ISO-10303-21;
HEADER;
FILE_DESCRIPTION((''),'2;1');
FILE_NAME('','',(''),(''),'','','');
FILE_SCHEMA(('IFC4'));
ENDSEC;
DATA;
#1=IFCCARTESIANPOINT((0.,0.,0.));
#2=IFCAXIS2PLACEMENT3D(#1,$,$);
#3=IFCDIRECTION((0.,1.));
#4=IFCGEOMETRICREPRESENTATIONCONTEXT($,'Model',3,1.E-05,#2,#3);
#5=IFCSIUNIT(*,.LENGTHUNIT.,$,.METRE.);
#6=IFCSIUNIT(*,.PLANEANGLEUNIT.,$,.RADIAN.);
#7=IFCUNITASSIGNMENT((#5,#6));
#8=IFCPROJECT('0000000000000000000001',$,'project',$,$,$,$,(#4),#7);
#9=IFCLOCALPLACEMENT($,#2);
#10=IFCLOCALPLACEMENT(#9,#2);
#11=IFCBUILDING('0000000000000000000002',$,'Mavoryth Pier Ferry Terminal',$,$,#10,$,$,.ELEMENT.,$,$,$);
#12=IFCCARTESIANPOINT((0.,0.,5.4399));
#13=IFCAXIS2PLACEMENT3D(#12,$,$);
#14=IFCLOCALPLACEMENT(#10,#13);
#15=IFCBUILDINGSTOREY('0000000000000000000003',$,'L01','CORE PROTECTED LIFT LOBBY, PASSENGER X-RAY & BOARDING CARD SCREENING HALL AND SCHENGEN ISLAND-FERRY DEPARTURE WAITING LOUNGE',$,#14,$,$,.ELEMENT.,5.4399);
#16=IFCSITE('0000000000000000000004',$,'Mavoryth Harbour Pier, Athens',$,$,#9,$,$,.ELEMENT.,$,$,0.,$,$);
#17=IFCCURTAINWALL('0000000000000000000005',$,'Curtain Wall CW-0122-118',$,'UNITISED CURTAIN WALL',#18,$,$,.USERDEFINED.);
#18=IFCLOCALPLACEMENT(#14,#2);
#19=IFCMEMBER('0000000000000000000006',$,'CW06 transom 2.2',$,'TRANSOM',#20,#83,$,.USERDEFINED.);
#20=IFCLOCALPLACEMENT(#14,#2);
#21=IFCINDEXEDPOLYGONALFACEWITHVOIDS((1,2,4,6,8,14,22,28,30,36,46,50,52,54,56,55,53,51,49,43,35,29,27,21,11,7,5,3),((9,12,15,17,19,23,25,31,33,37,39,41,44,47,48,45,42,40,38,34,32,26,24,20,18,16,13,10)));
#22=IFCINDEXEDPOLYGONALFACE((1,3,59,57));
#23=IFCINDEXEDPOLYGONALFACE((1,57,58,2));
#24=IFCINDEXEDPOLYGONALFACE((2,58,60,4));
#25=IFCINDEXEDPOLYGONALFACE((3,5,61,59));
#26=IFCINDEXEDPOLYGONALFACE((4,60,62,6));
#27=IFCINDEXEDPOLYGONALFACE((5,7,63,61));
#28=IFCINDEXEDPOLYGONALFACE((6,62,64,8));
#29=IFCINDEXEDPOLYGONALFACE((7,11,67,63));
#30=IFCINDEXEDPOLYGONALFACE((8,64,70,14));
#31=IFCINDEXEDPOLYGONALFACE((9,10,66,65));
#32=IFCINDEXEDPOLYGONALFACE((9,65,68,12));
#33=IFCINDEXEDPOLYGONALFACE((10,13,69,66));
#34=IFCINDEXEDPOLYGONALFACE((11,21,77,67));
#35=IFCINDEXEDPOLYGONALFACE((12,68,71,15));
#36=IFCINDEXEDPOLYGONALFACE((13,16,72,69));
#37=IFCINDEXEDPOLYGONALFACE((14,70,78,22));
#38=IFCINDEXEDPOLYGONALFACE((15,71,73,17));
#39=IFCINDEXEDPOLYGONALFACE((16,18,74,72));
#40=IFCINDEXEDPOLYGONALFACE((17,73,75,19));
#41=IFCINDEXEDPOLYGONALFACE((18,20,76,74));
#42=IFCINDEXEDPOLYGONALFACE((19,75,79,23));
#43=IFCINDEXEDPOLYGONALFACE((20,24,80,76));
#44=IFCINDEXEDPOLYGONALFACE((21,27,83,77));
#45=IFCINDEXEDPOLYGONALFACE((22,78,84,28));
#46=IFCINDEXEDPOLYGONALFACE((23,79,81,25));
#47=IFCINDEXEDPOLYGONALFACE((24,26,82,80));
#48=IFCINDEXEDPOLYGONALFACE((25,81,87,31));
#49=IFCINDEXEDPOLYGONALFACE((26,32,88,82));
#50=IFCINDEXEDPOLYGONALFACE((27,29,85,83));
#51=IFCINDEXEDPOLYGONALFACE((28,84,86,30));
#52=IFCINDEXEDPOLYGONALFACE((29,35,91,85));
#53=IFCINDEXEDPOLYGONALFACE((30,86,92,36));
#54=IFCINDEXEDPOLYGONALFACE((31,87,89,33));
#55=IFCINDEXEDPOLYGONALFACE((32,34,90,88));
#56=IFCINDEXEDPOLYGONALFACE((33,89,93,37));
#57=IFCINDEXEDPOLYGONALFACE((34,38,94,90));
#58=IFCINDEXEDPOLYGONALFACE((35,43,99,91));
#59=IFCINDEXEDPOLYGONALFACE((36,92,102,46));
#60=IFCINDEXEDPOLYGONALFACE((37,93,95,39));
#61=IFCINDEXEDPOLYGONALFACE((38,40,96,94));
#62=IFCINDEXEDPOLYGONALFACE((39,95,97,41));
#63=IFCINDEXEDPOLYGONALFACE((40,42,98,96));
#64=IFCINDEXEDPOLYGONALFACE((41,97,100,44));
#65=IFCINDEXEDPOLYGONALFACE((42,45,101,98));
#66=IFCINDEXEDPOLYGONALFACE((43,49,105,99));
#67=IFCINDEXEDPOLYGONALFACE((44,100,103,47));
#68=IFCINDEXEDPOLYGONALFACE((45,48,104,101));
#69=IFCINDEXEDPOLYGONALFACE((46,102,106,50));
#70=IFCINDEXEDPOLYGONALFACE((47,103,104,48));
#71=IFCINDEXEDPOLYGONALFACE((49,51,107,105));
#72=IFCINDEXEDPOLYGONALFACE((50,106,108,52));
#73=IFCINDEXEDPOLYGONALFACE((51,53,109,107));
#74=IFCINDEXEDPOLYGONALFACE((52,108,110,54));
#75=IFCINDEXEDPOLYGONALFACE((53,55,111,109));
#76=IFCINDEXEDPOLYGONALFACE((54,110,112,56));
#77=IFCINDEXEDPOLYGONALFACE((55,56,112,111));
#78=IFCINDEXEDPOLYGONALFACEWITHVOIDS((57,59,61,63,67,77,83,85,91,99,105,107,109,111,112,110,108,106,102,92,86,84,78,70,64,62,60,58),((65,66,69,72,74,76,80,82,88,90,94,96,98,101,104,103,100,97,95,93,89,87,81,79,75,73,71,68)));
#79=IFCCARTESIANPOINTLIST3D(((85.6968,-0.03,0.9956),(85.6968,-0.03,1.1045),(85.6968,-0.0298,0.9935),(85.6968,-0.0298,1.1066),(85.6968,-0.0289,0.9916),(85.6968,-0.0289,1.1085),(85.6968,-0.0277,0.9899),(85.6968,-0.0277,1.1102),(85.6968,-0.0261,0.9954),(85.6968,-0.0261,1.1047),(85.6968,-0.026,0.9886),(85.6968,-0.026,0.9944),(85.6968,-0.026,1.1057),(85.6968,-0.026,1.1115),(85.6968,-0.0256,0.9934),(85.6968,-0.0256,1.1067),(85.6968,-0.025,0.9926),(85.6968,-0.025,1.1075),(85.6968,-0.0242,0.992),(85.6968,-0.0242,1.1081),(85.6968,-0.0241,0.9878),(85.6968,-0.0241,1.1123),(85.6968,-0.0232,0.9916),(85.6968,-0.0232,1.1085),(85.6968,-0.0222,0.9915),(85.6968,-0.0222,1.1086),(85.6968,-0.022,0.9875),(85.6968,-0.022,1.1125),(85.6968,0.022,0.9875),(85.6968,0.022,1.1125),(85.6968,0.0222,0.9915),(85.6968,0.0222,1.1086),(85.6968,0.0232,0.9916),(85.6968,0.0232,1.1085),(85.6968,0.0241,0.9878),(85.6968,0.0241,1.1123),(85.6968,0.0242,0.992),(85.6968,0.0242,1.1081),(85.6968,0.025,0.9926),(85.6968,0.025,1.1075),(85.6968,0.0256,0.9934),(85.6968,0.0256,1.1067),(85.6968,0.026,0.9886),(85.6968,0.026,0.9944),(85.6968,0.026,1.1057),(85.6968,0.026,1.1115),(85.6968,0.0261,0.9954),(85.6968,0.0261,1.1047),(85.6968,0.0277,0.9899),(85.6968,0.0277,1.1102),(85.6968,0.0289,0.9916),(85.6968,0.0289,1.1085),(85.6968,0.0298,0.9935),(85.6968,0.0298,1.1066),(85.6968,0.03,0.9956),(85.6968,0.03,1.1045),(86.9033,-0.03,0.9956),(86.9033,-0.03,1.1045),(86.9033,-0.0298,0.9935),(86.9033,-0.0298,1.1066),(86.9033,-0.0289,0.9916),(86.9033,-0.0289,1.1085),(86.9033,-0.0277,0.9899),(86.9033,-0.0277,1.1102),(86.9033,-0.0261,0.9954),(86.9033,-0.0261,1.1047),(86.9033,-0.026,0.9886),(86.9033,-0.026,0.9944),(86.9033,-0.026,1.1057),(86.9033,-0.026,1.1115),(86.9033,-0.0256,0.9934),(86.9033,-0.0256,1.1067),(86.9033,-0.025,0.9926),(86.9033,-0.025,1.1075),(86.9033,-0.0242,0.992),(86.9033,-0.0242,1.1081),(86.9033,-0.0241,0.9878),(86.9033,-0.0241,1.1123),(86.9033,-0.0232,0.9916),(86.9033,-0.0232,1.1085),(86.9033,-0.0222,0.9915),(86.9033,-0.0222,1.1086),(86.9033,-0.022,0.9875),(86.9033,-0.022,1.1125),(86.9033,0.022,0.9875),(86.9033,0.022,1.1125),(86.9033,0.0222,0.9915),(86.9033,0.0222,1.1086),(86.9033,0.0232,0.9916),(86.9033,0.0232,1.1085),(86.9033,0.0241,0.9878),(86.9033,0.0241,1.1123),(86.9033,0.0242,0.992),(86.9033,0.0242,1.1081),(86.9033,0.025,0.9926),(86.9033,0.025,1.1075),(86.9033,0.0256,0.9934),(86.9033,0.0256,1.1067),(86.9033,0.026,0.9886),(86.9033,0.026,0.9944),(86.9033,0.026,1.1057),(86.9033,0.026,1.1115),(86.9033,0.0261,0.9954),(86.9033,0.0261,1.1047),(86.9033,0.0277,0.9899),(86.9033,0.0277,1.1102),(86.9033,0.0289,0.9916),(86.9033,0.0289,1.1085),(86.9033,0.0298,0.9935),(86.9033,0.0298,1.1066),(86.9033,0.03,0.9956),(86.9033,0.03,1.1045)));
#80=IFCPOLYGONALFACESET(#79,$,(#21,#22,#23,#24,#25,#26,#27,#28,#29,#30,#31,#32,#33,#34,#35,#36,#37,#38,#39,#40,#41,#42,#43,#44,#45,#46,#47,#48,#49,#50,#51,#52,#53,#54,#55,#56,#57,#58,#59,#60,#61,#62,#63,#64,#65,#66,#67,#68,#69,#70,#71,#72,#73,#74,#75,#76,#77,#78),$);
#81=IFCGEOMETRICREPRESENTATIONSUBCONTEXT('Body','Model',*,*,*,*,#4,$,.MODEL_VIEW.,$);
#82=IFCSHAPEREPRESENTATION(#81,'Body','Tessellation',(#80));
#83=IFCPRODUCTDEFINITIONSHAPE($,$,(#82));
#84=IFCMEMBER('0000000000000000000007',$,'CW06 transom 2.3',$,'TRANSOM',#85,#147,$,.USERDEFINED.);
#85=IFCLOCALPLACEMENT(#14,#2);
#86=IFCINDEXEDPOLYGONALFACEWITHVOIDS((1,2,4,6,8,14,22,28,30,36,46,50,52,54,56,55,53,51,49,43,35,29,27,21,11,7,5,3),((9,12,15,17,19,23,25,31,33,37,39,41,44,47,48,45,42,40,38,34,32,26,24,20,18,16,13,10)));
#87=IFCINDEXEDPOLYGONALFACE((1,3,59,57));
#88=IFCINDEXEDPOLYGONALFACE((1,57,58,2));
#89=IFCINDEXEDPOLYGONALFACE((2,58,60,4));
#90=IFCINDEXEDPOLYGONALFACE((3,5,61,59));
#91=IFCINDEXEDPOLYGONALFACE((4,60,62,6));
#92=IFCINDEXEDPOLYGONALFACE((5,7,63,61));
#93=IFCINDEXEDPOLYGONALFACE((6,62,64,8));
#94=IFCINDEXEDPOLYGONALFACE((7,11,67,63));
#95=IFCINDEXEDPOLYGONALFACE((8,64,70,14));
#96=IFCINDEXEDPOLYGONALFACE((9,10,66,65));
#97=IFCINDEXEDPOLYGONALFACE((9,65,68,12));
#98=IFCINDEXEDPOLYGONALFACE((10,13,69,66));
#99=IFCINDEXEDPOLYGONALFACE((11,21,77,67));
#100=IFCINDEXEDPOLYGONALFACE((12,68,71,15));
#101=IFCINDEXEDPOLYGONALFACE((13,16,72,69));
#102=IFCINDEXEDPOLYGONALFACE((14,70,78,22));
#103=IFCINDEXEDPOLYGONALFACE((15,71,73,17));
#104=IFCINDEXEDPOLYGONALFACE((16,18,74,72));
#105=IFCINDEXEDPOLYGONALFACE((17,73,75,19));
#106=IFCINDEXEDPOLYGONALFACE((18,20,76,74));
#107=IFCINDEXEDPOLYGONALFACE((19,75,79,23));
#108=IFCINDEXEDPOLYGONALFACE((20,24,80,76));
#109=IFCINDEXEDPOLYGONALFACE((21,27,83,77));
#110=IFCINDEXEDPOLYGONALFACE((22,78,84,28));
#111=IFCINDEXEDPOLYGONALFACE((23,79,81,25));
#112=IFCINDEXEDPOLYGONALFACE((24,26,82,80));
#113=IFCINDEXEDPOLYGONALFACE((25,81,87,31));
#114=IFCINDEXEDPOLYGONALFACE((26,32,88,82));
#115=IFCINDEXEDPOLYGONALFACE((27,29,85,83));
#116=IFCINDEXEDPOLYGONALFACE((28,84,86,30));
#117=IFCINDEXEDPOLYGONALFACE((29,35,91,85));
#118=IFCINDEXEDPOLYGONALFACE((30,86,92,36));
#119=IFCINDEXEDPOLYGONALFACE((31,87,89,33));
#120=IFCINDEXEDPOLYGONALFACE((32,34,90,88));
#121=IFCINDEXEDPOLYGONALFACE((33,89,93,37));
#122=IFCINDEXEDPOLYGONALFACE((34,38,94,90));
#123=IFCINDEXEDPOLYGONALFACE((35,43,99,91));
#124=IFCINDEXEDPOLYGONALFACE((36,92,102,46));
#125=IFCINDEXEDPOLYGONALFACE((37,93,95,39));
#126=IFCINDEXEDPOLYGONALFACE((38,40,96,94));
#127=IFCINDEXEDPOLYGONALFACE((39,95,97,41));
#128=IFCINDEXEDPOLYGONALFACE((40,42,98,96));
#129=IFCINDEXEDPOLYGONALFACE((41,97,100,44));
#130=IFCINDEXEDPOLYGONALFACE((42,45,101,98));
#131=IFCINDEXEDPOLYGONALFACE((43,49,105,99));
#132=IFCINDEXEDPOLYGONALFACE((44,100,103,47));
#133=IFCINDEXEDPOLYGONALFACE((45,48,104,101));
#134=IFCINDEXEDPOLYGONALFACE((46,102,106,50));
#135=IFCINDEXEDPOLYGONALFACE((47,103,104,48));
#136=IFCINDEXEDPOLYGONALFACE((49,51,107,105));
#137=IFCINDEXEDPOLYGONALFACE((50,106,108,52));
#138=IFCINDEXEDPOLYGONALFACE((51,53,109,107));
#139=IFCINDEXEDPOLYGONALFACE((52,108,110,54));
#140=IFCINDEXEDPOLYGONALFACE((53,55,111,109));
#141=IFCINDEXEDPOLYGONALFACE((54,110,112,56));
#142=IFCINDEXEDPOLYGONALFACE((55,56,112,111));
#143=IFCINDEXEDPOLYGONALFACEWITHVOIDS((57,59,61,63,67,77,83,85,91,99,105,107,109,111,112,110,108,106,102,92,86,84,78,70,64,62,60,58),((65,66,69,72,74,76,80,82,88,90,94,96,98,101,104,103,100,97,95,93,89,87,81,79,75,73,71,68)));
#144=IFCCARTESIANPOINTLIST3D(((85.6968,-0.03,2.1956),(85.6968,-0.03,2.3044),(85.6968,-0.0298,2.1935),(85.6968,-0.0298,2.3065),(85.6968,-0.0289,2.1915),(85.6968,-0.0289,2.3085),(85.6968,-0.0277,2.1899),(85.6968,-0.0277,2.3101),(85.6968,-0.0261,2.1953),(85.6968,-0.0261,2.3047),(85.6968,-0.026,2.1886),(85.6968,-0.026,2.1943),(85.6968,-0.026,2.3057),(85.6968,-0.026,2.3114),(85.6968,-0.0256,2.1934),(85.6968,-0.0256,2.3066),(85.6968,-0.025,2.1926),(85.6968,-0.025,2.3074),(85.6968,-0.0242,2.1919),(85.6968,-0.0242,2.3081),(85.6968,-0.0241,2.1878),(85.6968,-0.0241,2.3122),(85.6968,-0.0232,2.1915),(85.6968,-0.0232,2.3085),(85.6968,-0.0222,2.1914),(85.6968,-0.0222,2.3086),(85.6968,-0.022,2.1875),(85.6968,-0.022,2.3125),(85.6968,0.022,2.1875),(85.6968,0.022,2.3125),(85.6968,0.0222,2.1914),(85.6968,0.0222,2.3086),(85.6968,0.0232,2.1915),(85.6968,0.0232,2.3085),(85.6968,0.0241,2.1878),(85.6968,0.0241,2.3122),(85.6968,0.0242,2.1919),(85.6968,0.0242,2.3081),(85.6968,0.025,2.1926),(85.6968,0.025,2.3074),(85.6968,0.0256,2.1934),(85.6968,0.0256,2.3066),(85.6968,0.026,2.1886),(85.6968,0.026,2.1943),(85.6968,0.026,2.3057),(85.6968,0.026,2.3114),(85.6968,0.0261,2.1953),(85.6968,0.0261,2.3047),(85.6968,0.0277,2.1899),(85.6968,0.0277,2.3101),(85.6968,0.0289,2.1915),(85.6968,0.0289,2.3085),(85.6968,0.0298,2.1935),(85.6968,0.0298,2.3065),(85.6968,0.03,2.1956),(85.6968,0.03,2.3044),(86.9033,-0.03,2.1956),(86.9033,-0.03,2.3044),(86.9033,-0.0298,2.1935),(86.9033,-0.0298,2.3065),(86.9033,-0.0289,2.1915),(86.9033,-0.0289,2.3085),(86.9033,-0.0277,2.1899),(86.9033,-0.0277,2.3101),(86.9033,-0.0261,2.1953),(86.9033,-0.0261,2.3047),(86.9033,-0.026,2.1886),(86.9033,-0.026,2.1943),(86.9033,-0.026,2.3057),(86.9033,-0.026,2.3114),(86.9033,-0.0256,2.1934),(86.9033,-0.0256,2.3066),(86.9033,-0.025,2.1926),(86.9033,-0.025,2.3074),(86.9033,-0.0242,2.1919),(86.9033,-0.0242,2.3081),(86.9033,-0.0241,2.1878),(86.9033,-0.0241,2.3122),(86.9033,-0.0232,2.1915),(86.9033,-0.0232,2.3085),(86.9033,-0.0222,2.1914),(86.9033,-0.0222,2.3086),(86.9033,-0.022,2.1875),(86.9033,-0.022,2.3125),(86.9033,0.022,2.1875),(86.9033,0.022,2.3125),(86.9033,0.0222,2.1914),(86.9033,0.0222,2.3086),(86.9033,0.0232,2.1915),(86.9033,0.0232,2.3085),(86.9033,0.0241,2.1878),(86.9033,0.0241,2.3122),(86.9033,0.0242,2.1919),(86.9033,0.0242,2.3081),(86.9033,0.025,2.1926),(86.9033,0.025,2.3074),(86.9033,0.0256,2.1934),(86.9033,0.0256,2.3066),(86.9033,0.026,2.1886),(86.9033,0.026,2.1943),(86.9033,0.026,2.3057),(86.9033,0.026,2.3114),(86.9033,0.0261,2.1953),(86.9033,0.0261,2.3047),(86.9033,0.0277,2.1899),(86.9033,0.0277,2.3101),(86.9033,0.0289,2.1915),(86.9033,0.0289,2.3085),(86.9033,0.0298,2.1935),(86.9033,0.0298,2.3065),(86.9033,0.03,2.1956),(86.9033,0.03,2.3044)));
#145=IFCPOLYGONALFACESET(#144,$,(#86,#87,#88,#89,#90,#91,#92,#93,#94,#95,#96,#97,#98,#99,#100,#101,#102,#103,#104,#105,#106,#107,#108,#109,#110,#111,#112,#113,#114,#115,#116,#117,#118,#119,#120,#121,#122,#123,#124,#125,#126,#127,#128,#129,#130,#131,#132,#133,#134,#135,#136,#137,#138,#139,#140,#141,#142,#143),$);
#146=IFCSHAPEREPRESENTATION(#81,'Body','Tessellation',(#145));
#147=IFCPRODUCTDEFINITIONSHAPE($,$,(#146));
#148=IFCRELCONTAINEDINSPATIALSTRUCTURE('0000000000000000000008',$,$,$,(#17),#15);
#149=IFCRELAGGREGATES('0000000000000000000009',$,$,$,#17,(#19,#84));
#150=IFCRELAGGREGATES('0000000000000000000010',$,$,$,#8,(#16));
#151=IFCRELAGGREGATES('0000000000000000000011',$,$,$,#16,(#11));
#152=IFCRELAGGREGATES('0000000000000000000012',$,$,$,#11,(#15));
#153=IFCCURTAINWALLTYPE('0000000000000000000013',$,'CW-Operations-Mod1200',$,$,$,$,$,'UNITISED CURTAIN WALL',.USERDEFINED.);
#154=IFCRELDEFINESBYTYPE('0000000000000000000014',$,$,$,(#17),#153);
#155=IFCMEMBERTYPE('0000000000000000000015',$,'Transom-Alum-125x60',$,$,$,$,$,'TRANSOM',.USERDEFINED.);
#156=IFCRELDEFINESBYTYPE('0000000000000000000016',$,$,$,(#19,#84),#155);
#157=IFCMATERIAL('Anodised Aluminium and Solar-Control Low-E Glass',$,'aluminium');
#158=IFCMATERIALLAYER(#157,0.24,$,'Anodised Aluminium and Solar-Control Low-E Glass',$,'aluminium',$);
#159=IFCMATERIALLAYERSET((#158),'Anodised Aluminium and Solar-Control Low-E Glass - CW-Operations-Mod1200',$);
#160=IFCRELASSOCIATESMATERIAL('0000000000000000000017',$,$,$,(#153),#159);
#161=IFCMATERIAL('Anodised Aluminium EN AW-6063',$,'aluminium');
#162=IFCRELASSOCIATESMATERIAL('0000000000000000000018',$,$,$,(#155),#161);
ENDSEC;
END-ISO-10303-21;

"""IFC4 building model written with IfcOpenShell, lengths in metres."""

from ifc_helpers import new_model, si_unit, direction, frame, origin, origin_2d, place, context, subcontext, project, spatial, hollow_rectangle, extrude, material, layer, layer_set, material_profile, profile_set, type_object, element, aggregate, save


model = new_model("IFC4")

# Units and contexts
model_context = context("Model", 3, precision=1e-05, world=origin(), true_north=direction((0.0, 1.0)))
body_context = subcontext(model_context, "Body", "Model", "MODEL_VIEW")
ifc_project = project(units=[si_unit("LENGTHUNIT", "METRE"), si_unit("PLANEANGLEUNIT", "RADIAN")], contexts=[model_context])

# Site, building, storey
site_placement = place(None, origin())
site = spatial("IfcSite", under=ifc_project, at=site_placement, Name="Mavoryth Harbour Pier, Athens", CompositionType="ELEMENT", RefElevation=0.0)
building_placement = place(site_placement, origin())
building = spatial("IfcBuilding", under=site, at=building_placement, Name="Mavoryth Pier Ferry Terminal", CompositionType="ELEMENT")
storey_placement = place(building_placement, frame((0.0, 0.0, 5.4399)))
storey = spatial("IfcBuildingStorey", under=building, at=storey_placement, Name="L01", Description="CORE PROTECTED LIFT LOBBY, PASSENGER X-RAY & BOARDING CARD SCREENING HALL AND SCHENGEN ISLAND-FERRY DEPARTURE WAITING LOUNGE", CompositionType="ELEMENT", Elevation=5.4399)

# Curtain wall, members
ifc_material_1 = material(Name="Anodised Aluminium and Solar-Control Low-E Glass", Category="aluminium")
ifc_layer_1 = layer(ifc_material_1, 0.24, Name="Anodised Aluminium and Solar-Control Low-E Glass", Category="aluminium")
ifc_layer_set_1 = layer_set([ifc_layer_1], Name="Anodised Aluminium and Solar-Control Low-E Glass - CW-Operations-Mod1200")
curtain_wall_type = type_object("IfcCurtainWallType", Name="CW-Operations-Mod1200", ElementType="UNITISED CURTAIN WALL", PredefinedType="USERDEFINED", material=ifc_layer_set_1)
curtain_wall_placement = place(storey_placement, origin())
curtain_wall = element("IfcCurtainWall", 1, at=curtain_wall_placement, inside=storey, type_object=curtain_wall_type, Name="Curtain Wall CW-0122-118", ObjectType="UNITISED CURTAIN WALL", PredefinedType="USERDEFINED")
ifc_material_2 = material(Name="Anodised Aluminium EN AW-6063", Category="aluminium")
ifc_material_profile_1 = material_profile(ifc_material_2, hollow_rectangle(XDim=0.0601, YDim=0.125, WallThickness=0.0039, InnerFilletRadius=0.0039, OuterFilletRadius=0.0081, at=origin_2d()), Name="AL-TRAN 125x60x4", Category="aluminium")
ifc_profile_set_1 = profile_set([ifc_material_profile_1], Name="Anodised Aluminium EN AW-6063 - AL-TRAN 125x60x4")
member_type_1 = type_object("IfcMemberType", Name="Transom-Alum-125x60", ElementType="TRANSOM", PredefinedType="USERDEFINED", material=ifc_profile_set_1)
member_1_placement = place(storey_placement, frame((85.6968, 0.0, 1.05), z_axis=(1.0, 0.0, 0.0), x_axis=(0.0, 1.0, 0.0)))
member_1 = element("IfcMember", 2, at=member_1_placement, type_object=member_type_1, Name="CW06 transom 2.2", ObjectType="TRANSOM", PredefinedType="USERDEFINED", context=body_context, shape_type="SweptSolid", body=[
    extrude(hollow_rectangle(XDim=0.0601, YDim=0.125, WallThickness=0.0039, InnerFilletRadius=0.0039, OuterFilletRadius=0.0081, at=origin_2d()), origin(), (0.0, 0.0, 1.0), 1.2065),
])
member_2_placement = place(storey_placement, frame((85.6968, 0.0, 2.25), z_axis=(1.0, 0.0, 0.0), x_axis=(0.0, 1.0, 0.0)))
member_2 = element("IfcMember", 3, at=member_2_placement, type_object=member_type_1, Name="CW06 transom 2.3", ObjectType="TRANSOM", PredefinedType="USERDEFINED", context=body_context, shape_type="SweptSolid", body=[
    extrude(hollow_rectangle(XDim=0.0601, YDim=0.125, WallThickness=0.0039, InnerFilletRadius=0.0039, OuterFilletRadius=0.0081, at=origin_2d()), origin(), (0.0, 0.0, 1.0), 1.2065),
])
aggregate(curtain_wall, [member_1, member_2])

save(model, "model.ifc")
